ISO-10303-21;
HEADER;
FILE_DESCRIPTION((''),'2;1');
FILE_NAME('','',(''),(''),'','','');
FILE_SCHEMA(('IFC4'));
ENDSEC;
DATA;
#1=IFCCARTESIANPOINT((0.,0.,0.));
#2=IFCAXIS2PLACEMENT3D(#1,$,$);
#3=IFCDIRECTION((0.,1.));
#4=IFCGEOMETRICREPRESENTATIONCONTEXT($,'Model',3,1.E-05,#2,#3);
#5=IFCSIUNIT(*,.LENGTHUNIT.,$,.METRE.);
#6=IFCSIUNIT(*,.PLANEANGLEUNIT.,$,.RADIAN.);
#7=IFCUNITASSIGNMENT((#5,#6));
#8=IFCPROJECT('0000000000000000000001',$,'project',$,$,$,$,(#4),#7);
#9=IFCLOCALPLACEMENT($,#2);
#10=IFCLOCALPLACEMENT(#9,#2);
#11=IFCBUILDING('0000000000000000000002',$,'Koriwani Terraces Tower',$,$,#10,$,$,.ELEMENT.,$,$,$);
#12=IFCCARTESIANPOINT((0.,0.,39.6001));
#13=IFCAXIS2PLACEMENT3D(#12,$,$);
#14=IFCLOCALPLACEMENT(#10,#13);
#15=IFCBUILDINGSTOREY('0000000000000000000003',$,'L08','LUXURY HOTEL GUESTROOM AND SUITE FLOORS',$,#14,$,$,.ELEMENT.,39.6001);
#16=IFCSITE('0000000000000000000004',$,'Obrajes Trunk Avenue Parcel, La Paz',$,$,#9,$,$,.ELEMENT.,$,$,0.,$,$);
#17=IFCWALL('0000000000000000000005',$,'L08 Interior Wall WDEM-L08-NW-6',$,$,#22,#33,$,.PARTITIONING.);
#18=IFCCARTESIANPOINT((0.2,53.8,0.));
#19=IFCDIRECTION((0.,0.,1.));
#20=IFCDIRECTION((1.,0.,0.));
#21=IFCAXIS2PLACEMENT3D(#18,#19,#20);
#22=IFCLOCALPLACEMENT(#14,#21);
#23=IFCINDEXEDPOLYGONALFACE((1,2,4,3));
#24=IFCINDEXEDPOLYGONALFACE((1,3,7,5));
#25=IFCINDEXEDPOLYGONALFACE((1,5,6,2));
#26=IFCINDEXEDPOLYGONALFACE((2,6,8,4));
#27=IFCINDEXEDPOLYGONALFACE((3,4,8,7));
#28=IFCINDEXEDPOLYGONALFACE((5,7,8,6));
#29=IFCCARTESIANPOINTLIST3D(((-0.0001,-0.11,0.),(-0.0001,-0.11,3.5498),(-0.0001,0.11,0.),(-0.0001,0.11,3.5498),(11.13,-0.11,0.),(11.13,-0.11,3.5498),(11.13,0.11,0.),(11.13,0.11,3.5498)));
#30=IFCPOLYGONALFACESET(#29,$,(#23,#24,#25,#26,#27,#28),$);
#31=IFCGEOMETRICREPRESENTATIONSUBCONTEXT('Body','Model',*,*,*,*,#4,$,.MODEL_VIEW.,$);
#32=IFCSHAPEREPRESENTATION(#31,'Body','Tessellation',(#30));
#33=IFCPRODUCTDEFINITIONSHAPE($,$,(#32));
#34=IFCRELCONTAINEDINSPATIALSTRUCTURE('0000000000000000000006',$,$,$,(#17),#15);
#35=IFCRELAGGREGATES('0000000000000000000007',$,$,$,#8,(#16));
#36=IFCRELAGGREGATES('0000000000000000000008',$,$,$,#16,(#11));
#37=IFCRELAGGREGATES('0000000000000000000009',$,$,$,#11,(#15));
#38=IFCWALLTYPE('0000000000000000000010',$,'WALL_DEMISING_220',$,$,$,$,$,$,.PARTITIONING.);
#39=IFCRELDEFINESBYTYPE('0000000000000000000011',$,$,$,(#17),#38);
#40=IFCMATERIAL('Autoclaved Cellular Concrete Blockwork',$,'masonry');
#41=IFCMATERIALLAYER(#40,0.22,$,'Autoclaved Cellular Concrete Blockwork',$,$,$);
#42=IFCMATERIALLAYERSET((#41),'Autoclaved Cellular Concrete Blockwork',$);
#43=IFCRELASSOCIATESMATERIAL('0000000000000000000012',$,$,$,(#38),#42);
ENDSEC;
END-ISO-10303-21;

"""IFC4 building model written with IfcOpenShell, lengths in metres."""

from ifc_helpers import new_model, si_unit, direction, frame, frame_2d, origin, place, context, subcontext, project, spatial, rectangle, extrude, material, layer, layer_set, type_object, element, save


model = new_model("IFC4")

# Units and contexts
model_context = context("Model", 3, precision=1e-05, world=origin(), true_north=direction((0.0, 1.0)))
body_context = subcontext(model_context, "Body", "Model", "MODEL_VIEW")
ifc_project = project(units=[si_unit("LENGTHUNIT", "METRE"), si_unit("PLANEANGLEUNIT", "RADIAN")], contexts=[model_context])

# Site, building, storey
site_placement = place(None, origin())
site = spatial("IfcSite", under=ifc_project, at=site_placement, Name="Obrajes Trunk Avenue Parcel, La Paz", CompositionType="ELEMENT", RefElevation=0.0)
building_placement = place(site_placement, origin())
building = spatial("IfcBuilding", under=site, at=building_placement, Name="Koriwani Terraces Tower", CompositionType="ELEMENT")
storey_placement = place(building_placement, frame((0.0, 0.0, 39.6001)))
storey = spatial("IfcBuildingStorey", under=building, at=storey_placement, Name="L08", Description="LUXURY HOTEL GUESTROOM AND SUITE FLOORS", CompositionType="ELEMENT", Elevation=39.6001)

# Wall
ifc_material_1 = material(Name="Autoclaved Cellular Concrete Blockwork", Category="masonry")
ifc_layer_1 = layer(ifc_material_1, 0.22, Name="Autoclaved Cellular Concrete Blockwork")
ifc_layer_set_1 = layer_set([ifc_layer_1], Name="Autoclaved Cellular Concrete Blockwork")
wall_type_1 = type_object("IfcWallType", Name="WALL_DEMISING_220", PredefinedType="PARTITIONING", material=ifc_layer_set_1)
wall_1_placement = place(storey_placement, frame((0.2, 53.8, 0.0), z_axis=(0.0, 0.0, 1.0), x_axis=(1.0, 0.0, 0.0)))
element("IfcWall", 1, at=wall_1_placement, inside=storey, type_object=wall_type_1, Name="L08 Interior Wall WDEM-L08-NW-6", PredefinedType="PARTITIONING", context=body_context, shape_type="SweptSolid", body=[
    extrude(rectangle(XDim=11.1301, YDim=0.22, at=frame_2d((5.5649, 0.0))), origin(), (0.0, 0.0, 1.0), 3.5498),
])

save(model, "model.ifc")
